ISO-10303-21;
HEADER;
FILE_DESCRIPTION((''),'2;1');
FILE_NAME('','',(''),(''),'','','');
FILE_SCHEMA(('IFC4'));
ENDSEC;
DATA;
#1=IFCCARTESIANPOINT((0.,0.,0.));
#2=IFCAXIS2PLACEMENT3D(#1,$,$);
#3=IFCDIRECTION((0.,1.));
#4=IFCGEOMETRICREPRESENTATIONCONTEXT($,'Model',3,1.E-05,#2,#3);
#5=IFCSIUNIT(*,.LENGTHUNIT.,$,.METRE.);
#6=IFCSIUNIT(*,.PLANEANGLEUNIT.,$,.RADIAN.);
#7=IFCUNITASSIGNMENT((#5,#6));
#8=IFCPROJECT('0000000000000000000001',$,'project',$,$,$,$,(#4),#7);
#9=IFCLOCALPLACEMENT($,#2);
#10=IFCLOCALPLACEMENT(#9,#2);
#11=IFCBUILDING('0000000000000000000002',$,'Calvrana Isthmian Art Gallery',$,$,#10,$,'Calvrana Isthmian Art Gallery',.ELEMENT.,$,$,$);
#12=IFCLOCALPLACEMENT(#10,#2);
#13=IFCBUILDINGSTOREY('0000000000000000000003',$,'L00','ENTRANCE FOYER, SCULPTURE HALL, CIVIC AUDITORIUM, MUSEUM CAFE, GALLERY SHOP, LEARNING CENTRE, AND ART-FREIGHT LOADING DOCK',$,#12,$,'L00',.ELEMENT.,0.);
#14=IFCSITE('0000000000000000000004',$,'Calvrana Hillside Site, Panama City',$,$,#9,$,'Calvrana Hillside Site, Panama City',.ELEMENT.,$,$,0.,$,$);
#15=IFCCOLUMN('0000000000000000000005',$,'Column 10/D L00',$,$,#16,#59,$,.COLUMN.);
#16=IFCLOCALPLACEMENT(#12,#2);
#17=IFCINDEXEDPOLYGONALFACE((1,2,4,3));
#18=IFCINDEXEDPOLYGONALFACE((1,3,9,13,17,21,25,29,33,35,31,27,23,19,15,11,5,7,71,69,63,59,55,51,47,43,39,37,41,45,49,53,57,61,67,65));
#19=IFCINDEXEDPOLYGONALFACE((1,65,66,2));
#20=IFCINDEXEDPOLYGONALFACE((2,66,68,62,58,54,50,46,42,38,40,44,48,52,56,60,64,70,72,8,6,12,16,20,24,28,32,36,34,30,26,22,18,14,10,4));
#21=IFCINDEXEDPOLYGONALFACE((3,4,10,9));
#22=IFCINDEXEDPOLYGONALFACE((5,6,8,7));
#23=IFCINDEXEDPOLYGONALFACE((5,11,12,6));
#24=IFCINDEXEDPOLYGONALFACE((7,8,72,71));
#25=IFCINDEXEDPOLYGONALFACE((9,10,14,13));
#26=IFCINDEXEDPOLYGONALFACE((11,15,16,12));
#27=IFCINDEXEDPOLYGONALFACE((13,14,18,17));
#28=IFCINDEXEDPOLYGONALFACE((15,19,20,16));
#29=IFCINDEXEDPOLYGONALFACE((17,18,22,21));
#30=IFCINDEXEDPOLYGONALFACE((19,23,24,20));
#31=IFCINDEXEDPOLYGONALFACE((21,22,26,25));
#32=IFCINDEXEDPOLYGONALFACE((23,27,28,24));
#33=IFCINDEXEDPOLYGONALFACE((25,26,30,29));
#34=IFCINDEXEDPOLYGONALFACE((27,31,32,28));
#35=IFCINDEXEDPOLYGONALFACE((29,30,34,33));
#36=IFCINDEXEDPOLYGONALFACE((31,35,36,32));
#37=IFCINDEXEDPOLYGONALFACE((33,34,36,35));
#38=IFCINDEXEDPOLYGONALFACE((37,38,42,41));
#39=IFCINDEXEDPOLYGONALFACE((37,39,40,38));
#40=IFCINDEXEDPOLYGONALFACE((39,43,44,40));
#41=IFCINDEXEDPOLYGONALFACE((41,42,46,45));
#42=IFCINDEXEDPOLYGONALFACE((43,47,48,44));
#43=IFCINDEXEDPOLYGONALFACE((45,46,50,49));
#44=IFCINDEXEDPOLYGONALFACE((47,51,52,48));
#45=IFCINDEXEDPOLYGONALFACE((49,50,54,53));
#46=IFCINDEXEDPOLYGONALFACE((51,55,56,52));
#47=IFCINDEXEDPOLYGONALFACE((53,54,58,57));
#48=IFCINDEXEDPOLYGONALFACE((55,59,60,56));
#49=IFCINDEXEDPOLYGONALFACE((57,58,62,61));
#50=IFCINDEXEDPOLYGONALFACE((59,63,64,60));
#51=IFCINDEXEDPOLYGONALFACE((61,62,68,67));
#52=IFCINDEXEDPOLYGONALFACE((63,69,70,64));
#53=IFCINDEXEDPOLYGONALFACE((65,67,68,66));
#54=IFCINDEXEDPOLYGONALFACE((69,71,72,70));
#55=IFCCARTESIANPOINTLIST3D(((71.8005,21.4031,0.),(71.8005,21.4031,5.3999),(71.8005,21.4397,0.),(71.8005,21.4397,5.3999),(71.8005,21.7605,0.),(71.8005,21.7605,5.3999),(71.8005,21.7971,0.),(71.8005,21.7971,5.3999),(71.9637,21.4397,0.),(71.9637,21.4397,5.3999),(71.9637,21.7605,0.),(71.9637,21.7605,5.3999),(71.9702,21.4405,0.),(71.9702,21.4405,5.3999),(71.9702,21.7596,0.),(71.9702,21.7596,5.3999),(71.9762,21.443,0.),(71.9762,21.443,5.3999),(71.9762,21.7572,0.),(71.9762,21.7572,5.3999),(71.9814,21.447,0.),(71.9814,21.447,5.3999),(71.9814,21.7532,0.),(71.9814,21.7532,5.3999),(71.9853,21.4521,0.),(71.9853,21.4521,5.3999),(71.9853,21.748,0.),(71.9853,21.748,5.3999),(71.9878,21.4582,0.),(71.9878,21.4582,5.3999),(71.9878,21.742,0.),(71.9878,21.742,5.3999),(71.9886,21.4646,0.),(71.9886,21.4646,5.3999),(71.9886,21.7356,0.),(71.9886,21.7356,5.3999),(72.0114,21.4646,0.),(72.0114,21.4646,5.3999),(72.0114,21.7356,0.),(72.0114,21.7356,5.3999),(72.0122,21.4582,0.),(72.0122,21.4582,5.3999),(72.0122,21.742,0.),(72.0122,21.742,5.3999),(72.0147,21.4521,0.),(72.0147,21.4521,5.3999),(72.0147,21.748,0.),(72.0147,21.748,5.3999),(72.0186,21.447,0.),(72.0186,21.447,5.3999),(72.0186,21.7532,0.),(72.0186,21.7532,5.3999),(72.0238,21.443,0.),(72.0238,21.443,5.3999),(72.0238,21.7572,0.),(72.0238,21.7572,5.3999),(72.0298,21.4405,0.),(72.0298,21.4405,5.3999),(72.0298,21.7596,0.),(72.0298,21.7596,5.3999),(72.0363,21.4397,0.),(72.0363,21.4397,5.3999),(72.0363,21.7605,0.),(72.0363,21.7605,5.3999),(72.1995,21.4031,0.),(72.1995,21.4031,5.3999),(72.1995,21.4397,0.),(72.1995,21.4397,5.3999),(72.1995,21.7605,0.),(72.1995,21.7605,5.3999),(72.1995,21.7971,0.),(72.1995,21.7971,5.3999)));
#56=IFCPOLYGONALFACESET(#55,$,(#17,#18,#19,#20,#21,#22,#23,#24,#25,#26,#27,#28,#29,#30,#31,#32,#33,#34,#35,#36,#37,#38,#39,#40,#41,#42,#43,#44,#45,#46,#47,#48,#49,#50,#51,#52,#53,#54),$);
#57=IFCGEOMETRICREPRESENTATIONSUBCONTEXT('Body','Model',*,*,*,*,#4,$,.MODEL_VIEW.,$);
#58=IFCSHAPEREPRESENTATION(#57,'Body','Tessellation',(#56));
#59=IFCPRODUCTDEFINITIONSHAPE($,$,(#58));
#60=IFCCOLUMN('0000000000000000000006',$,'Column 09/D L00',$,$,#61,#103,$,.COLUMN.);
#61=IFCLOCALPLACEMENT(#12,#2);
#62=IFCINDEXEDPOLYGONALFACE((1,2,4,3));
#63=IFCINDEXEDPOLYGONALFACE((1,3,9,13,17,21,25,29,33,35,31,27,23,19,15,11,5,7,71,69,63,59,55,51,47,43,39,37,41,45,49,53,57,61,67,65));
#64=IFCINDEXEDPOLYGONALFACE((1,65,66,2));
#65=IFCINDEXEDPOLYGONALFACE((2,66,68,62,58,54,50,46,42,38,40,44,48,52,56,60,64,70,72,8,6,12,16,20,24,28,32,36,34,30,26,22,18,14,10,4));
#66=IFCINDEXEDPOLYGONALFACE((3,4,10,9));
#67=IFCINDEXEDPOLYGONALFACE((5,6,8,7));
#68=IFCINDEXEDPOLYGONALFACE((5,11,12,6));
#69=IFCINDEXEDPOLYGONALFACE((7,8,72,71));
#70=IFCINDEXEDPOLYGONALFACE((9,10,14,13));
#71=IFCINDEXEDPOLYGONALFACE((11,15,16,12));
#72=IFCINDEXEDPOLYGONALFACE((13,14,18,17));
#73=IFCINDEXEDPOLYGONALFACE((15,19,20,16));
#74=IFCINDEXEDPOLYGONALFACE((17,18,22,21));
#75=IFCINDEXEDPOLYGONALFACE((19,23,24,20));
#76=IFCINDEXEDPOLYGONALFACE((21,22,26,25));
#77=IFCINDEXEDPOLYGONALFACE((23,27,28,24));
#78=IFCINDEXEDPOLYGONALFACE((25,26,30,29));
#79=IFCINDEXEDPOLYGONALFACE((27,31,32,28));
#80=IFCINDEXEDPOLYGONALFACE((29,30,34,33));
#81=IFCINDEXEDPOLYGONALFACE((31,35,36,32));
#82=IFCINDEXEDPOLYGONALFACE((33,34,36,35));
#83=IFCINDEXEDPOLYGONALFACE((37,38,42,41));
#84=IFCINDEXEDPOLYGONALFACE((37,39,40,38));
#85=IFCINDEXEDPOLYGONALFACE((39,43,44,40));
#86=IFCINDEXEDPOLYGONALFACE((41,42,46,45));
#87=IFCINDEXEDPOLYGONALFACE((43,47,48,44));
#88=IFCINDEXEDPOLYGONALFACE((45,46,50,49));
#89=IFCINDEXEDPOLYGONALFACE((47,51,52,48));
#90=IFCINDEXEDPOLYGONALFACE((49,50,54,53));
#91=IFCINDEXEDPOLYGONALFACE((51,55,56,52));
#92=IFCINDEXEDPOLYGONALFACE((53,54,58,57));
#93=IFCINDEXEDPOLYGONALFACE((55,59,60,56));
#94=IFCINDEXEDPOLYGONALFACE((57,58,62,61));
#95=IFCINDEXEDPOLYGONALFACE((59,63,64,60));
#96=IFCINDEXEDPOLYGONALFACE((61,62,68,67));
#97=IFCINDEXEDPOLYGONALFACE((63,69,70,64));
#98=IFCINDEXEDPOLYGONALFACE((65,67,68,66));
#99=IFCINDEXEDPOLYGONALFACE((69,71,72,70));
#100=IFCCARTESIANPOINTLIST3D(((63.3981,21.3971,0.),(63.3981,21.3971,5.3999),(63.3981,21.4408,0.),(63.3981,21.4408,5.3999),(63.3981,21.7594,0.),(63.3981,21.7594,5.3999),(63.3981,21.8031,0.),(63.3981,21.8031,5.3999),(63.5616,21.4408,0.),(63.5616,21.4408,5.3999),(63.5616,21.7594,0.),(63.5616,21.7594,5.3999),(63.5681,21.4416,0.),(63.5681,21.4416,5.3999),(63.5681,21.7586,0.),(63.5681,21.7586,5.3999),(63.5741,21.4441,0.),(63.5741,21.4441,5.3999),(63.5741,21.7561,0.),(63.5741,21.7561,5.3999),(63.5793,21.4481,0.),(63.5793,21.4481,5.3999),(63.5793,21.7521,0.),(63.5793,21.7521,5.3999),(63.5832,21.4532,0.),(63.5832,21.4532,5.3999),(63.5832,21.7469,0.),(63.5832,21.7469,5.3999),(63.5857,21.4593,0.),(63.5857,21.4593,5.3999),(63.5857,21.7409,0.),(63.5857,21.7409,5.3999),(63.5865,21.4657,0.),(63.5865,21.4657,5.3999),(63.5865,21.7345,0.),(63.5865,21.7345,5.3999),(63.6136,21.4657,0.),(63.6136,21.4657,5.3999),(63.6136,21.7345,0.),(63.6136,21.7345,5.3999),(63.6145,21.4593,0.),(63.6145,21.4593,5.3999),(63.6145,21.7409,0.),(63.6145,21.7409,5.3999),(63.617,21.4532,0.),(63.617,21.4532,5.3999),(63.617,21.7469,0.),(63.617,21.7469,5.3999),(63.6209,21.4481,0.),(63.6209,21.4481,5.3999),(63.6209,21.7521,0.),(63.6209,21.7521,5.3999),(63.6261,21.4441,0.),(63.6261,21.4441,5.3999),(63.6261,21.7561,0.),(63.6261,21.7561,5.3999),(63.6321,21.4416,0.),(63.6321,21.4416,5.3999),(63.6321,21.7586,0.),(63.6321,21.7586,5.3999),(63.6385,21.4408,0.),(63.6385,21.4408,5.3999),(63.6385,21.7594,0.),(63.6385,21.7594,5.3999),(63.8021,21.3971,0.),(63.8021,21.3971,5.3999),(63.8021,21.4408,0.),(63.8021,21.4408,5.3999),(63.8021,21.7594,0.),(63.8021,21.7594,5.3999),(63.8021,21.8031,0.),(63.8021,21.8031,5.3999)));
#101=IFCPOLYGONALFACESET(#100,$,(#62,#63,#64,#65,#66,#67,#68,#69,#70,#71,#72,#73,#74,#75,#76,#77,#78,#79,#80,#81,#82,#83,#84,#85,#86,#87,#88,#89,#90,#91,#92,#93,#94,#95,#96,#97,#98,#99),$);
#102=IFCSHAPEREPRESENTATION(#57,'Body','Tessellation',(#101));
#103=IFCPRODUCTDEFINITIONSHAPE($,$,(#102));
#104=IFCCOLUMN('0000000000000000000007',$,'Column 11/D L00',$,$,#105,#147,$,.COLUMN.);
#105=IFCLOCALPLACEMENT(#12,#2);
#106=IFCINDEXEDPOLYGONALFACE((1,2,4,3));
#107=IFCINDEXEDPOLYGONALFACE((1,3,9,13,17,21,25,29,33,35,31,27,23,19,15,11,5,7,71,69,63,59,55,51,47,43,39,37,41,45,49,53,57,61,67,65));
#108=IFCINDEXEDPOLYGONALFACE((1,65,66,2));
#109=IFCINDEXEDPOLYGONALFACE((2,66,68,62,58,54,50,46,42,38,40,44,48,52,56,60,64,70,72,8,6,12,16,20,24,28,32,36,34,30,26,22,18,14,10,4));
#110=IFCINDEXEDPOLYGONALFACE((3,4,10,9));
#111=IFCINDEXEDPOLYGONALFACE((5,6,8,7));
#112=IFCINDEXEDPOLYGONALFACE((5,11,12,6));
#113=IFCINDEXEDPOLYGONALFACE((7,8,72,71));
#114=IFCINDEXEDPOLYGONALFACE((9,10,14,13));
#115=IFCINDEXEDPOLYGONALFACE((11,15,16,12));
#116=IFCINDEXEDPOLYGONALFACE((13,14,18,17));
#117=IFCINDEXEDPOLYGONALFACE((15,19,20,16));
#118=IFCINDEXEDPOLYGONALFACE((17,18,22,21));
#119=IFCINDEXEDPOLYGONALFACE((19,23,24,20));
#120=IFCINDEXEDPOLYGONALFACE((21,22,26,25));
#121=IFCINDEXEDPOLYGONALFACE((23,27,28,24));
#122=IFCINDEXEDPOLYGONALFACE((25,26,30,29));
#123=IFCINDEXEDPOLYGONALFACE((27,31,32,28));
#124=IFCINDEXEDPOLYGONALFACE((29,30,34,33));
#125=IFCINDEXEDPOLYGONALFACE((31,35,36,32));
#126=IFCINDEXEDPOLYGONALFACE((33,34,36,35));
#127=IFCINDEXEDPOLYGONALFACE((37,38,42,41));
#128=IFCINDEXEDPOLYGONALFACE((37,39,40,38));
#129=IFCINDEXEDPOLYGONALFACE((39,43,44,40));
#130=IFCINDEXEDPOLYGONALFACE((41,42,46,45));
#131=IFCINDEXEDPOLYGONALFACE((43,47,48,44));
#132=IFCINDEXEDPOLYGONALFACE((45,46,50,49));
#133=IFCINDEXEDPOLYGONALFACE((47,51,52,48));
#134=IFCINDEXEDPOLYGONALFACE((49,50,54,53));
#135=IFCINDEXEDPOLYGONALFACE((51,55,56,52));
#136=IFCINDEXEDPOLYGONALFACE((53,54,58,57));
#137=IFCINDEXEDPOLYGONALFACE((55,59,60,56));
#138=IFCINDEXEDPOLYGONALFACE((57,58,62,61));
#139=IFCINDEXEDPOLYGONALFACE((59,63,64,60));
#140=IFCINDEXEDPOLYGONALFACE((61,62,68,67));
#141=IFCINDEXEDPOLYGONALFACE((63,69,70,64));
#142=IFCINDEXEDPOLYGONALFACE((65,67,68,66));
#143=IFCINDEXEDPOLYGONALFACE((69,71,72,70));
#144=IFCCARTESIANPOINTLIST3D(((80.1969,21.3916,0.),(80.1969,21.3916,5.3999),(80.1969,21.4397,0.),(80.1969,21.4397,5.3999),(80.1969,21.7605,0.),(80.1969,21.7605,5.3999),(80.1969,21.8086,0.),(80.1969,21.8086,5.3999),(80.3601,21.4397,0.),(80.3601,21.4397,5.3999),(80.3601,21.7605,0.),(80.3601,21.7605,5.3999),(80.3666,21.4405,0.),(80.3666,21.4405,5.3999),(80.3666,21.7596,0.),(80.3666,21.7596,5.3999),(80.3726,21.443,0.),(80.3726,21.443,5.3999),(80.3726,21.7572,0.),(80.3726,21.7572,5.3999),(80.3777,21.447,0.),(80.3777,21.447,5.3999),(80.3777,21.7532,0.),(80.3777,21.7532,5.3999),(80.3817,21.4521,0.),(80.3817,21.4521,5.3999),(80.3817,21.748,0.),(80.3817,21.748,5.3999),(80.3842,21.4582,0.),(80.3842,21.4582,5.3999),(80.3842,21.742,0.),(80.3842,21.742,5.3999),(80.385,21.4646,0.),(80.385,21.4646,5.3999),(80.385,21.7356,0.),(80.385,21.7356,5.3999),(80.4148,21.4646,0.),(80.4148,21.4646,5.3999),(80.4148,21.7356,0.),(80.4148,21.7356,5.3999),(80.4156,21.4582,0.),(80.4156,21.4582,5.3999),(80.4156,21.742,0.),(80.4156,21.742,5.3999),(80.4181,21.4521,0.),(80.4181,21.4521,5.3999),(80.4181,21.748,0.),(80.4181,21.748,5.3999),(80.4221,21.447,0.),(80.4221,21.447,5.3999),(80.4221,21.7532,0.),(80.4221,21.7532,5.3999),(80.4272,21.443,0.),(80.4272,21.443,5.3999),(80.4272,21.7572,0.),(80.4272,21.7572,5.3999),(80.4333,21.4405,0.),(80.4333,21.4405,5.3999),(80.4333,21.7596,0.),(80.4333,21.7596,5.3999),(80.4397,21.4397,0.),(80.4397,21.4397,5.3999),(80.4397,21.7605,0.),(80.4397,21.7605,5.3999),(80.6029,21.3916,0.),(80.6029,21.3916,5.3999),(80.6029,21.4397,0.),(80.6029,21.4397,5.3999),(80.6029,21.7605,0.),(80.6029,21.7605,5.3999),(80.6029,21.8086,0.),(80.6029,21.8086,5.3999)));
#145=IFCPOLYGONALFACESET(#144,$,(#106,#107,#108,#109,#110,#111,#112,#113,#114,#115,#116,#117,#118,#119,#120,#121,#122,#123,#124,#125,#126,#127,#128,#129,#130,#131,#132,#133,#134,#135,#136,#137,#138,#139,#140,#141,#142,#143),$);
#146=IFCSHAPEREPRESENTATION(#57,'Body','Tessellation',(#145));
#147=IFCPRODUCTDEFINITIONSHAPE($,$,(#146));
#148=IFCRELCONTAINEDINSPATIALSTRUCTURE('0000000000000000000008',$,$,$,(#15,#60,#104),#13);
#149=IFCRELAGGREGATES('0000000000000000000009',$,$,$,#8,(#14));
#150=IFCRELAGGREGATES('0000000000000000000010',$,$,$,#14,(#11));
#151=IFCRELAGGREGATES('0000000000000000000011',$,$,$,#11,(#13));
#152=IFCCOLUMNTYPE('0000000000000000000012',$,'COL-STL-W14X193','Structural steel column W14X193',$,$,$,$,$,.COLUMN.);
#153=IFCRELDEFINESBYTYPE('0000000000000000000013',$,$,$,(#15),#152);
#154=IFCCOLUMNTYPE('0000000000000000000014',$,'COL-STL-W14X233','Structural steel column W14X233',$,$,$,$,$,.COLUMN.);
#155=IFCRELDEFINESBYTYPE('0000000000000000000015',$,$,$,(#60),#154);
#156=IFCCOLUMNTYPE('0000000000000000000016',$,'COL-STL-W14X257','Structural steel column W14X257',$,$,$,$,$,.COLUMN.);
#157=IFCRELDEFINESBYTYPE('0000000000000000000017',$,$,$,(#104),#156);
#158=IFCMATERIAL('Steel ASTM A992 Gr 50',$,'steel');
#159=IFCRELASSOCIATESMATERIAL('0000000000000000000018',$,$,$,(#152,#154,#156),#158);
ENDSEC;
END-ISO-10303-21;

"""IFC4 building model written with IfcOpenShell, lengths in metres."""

from ifc_helpers import new_model, si_unit, direction, frame, origin, origin_2d, place, context, subcontext, project, spatial, i_section, extrude, material, material_profile, profile_set, type_object, element, save


model = new_model("IFC4")

# Units and contexts
model_context = context("Model", 3, precision=1e-05, world=origin(), true_north=direction((0.0, 1.0)))
body_context = subcontext(model_context, "Body", "Model", "MODEL_VIEW")
ifc_project = project(units=[si_unit("LENGTHUNIT", "METRE"), si_unit("PLANEANGLEUNIT", "RADIAN")], contexts=[model_context])

# Site, building, storey
site_placement = place(None, origin())
site = spatial("IfcSite", under=ifc_project, at=site_placement, Name="Calvrana Hillside Site, Panama City", LongName="Calvrana Hillside Site, Panama City", CompositionType="ELEMENT", RefElevation=0.0)
building_placement = place(site_placement, origin())
building = spatial("IfcBuilding", under=site, at=building_placement, Name="Calvrana Isthmian Art Gallery", LongName="Calvrana Isthmian Art Gallery", CompositionType="ELEMENT")
storey_placement = place(building_placement, origin())
storey = spatial("IfcBuildingStorey", under=building, at=storey_placement, Name="L00", Description="ENTRANCE FOYER, SCULPTURE HALL, CIVIC AUDITORIUM, MUSEUM CAFE, GALLERY SHOP, LEARNING CENTRE, AND ART-FREIGHT LOADING DOCK", LongName="L00", CompositionType="ELEMENT", Elevation=0.0)

# Columns
ifc_material_1 = material(Name="Steel ASTM A992 Gr 50", Category="steel")
ifc_material_profile_1 = material_profile(ifc_material_1, i_section(OverallWidth=0.3989, OverallDepth=0.394, WebThickness=0.0227, FlangeThickness=0.0366, FilletRadius=0.0249, at=origin_2d()), Name="W14X193")
ifc_profile_set_1 = profile_set([ifc_material_profile_1], Name="Steel ASTM A992 Gr 50")
column_type_1 = type_object("IfcColumnType", Name="COL-STL-W14X193", Description="Structural steel column W14X193", PredefinedType="COLUMN", material=ifc_profile_set_1)
column_1_placement = place(storey_placement, frame((72.0, 21.6001, 0.0), z_axis=(0.0, 0.0, 1.0), x_axis=(1.0, 0.0, 0.0)))
element("IfcColumn", 1, at=column_1_placement, inside=storey, type_object=column_type_1, Name="Column 10/D L00", PredefinedType="COLUMN", context=body_context, shape_type="SweptSolid", body=[
    extrude(i_section(OverallWidth=0.3989, OverallDepth=0.394, WebThickness=0.0227, FlangeThickness=0.0366, FilletRadius=0.0249, at=origin_2d()), origin(), (0.0, 0.0, 1.0), 5.3999),
])
ifc_material_profile_2 = material_profile(ifc_material_1, i_section(OverallWidth=0.4041, OverallDepth=0.406, WebThickness=0.0271, FlangeThickness=0.0437, FilletRadius=0.0249, at=origin_2d()), Name="W14X233")
ifc_profile_set_2 = profile_set([ifc_material_profile_2], Name="Steel ASTM A992 Gr 50")
column_type_2 = type_object("IfcColumnType", Name="COL-STL-W14X233", Description="Structural steel column W14X233", PredefinedType="COLUMN", material=ifc_profile_set_2)
column_2_placement = place(storey_placement, frame((63.6001, 21.6001, 0.0), z_axis=(0.0, 0.0, 1.0), x_axis=(1.0, 0.0, 0.0)))
element("IfcColumn", 2, at=column_2_placement, inside=storey, type_object=column_type_2, Name="Column 09/D L00", PredefinedType="COLUMN", context=body_context, shape_type="SweptSolid", body=[
    extrude(i_section(OverallWidth=0.4041, OverallDepth=0.406, WebThickness=0.0271, FlangeThickness=0.0437, FilletRadius=0.0249, at=origin_2d()), origin(), (0.0, 0.0, 1.0), 5.3999),
])
ifc_material_profile_3 = material_profile(ifc_material_1, i_section(OverallWidth=0.406, OverallDepth=0.417, WebThickness=0.0298, FlangeThickness=0.0481, FilletRadius=0.0249, at=origin_2d()), Name="W14X257")
ifc_profile_set_3 = profile_set([ifc_material_profile_3], Name="Steel ASTM A992 Gr 50")
column_type_3 = type_object("IfcColumnType", Name="COL-STL-W14X257", Description="Structural steel column W14X257", PredefinedType="COLUMN", material=ifc_profile_set_3)
column_3_placement = place(storey_placement, frame((80.3999, 21.6001, 0.0), z_axis=(0.0, 0.0, 1.0), x_axis=(1.0, 0.0, 0.0)))
element("IfcColumn", 3, at=column_3_placement, inside=storey, type_object=column_type_3, Name="Column 11/D L00", PredefinedType="COLUMN", context=body_context, shape_type="SweptSolid", body=[
    extrude(i_section(OverallWidth=0.406, OverallDepth=0.417, WebThickness=0.0298, FlangeThickness=0.0481, FilletRadius=0.0249, at=origin_2d()), origin(), (0.0, 0.0, 1.0), 5.3999),
])

save(model, "model.ifc")
